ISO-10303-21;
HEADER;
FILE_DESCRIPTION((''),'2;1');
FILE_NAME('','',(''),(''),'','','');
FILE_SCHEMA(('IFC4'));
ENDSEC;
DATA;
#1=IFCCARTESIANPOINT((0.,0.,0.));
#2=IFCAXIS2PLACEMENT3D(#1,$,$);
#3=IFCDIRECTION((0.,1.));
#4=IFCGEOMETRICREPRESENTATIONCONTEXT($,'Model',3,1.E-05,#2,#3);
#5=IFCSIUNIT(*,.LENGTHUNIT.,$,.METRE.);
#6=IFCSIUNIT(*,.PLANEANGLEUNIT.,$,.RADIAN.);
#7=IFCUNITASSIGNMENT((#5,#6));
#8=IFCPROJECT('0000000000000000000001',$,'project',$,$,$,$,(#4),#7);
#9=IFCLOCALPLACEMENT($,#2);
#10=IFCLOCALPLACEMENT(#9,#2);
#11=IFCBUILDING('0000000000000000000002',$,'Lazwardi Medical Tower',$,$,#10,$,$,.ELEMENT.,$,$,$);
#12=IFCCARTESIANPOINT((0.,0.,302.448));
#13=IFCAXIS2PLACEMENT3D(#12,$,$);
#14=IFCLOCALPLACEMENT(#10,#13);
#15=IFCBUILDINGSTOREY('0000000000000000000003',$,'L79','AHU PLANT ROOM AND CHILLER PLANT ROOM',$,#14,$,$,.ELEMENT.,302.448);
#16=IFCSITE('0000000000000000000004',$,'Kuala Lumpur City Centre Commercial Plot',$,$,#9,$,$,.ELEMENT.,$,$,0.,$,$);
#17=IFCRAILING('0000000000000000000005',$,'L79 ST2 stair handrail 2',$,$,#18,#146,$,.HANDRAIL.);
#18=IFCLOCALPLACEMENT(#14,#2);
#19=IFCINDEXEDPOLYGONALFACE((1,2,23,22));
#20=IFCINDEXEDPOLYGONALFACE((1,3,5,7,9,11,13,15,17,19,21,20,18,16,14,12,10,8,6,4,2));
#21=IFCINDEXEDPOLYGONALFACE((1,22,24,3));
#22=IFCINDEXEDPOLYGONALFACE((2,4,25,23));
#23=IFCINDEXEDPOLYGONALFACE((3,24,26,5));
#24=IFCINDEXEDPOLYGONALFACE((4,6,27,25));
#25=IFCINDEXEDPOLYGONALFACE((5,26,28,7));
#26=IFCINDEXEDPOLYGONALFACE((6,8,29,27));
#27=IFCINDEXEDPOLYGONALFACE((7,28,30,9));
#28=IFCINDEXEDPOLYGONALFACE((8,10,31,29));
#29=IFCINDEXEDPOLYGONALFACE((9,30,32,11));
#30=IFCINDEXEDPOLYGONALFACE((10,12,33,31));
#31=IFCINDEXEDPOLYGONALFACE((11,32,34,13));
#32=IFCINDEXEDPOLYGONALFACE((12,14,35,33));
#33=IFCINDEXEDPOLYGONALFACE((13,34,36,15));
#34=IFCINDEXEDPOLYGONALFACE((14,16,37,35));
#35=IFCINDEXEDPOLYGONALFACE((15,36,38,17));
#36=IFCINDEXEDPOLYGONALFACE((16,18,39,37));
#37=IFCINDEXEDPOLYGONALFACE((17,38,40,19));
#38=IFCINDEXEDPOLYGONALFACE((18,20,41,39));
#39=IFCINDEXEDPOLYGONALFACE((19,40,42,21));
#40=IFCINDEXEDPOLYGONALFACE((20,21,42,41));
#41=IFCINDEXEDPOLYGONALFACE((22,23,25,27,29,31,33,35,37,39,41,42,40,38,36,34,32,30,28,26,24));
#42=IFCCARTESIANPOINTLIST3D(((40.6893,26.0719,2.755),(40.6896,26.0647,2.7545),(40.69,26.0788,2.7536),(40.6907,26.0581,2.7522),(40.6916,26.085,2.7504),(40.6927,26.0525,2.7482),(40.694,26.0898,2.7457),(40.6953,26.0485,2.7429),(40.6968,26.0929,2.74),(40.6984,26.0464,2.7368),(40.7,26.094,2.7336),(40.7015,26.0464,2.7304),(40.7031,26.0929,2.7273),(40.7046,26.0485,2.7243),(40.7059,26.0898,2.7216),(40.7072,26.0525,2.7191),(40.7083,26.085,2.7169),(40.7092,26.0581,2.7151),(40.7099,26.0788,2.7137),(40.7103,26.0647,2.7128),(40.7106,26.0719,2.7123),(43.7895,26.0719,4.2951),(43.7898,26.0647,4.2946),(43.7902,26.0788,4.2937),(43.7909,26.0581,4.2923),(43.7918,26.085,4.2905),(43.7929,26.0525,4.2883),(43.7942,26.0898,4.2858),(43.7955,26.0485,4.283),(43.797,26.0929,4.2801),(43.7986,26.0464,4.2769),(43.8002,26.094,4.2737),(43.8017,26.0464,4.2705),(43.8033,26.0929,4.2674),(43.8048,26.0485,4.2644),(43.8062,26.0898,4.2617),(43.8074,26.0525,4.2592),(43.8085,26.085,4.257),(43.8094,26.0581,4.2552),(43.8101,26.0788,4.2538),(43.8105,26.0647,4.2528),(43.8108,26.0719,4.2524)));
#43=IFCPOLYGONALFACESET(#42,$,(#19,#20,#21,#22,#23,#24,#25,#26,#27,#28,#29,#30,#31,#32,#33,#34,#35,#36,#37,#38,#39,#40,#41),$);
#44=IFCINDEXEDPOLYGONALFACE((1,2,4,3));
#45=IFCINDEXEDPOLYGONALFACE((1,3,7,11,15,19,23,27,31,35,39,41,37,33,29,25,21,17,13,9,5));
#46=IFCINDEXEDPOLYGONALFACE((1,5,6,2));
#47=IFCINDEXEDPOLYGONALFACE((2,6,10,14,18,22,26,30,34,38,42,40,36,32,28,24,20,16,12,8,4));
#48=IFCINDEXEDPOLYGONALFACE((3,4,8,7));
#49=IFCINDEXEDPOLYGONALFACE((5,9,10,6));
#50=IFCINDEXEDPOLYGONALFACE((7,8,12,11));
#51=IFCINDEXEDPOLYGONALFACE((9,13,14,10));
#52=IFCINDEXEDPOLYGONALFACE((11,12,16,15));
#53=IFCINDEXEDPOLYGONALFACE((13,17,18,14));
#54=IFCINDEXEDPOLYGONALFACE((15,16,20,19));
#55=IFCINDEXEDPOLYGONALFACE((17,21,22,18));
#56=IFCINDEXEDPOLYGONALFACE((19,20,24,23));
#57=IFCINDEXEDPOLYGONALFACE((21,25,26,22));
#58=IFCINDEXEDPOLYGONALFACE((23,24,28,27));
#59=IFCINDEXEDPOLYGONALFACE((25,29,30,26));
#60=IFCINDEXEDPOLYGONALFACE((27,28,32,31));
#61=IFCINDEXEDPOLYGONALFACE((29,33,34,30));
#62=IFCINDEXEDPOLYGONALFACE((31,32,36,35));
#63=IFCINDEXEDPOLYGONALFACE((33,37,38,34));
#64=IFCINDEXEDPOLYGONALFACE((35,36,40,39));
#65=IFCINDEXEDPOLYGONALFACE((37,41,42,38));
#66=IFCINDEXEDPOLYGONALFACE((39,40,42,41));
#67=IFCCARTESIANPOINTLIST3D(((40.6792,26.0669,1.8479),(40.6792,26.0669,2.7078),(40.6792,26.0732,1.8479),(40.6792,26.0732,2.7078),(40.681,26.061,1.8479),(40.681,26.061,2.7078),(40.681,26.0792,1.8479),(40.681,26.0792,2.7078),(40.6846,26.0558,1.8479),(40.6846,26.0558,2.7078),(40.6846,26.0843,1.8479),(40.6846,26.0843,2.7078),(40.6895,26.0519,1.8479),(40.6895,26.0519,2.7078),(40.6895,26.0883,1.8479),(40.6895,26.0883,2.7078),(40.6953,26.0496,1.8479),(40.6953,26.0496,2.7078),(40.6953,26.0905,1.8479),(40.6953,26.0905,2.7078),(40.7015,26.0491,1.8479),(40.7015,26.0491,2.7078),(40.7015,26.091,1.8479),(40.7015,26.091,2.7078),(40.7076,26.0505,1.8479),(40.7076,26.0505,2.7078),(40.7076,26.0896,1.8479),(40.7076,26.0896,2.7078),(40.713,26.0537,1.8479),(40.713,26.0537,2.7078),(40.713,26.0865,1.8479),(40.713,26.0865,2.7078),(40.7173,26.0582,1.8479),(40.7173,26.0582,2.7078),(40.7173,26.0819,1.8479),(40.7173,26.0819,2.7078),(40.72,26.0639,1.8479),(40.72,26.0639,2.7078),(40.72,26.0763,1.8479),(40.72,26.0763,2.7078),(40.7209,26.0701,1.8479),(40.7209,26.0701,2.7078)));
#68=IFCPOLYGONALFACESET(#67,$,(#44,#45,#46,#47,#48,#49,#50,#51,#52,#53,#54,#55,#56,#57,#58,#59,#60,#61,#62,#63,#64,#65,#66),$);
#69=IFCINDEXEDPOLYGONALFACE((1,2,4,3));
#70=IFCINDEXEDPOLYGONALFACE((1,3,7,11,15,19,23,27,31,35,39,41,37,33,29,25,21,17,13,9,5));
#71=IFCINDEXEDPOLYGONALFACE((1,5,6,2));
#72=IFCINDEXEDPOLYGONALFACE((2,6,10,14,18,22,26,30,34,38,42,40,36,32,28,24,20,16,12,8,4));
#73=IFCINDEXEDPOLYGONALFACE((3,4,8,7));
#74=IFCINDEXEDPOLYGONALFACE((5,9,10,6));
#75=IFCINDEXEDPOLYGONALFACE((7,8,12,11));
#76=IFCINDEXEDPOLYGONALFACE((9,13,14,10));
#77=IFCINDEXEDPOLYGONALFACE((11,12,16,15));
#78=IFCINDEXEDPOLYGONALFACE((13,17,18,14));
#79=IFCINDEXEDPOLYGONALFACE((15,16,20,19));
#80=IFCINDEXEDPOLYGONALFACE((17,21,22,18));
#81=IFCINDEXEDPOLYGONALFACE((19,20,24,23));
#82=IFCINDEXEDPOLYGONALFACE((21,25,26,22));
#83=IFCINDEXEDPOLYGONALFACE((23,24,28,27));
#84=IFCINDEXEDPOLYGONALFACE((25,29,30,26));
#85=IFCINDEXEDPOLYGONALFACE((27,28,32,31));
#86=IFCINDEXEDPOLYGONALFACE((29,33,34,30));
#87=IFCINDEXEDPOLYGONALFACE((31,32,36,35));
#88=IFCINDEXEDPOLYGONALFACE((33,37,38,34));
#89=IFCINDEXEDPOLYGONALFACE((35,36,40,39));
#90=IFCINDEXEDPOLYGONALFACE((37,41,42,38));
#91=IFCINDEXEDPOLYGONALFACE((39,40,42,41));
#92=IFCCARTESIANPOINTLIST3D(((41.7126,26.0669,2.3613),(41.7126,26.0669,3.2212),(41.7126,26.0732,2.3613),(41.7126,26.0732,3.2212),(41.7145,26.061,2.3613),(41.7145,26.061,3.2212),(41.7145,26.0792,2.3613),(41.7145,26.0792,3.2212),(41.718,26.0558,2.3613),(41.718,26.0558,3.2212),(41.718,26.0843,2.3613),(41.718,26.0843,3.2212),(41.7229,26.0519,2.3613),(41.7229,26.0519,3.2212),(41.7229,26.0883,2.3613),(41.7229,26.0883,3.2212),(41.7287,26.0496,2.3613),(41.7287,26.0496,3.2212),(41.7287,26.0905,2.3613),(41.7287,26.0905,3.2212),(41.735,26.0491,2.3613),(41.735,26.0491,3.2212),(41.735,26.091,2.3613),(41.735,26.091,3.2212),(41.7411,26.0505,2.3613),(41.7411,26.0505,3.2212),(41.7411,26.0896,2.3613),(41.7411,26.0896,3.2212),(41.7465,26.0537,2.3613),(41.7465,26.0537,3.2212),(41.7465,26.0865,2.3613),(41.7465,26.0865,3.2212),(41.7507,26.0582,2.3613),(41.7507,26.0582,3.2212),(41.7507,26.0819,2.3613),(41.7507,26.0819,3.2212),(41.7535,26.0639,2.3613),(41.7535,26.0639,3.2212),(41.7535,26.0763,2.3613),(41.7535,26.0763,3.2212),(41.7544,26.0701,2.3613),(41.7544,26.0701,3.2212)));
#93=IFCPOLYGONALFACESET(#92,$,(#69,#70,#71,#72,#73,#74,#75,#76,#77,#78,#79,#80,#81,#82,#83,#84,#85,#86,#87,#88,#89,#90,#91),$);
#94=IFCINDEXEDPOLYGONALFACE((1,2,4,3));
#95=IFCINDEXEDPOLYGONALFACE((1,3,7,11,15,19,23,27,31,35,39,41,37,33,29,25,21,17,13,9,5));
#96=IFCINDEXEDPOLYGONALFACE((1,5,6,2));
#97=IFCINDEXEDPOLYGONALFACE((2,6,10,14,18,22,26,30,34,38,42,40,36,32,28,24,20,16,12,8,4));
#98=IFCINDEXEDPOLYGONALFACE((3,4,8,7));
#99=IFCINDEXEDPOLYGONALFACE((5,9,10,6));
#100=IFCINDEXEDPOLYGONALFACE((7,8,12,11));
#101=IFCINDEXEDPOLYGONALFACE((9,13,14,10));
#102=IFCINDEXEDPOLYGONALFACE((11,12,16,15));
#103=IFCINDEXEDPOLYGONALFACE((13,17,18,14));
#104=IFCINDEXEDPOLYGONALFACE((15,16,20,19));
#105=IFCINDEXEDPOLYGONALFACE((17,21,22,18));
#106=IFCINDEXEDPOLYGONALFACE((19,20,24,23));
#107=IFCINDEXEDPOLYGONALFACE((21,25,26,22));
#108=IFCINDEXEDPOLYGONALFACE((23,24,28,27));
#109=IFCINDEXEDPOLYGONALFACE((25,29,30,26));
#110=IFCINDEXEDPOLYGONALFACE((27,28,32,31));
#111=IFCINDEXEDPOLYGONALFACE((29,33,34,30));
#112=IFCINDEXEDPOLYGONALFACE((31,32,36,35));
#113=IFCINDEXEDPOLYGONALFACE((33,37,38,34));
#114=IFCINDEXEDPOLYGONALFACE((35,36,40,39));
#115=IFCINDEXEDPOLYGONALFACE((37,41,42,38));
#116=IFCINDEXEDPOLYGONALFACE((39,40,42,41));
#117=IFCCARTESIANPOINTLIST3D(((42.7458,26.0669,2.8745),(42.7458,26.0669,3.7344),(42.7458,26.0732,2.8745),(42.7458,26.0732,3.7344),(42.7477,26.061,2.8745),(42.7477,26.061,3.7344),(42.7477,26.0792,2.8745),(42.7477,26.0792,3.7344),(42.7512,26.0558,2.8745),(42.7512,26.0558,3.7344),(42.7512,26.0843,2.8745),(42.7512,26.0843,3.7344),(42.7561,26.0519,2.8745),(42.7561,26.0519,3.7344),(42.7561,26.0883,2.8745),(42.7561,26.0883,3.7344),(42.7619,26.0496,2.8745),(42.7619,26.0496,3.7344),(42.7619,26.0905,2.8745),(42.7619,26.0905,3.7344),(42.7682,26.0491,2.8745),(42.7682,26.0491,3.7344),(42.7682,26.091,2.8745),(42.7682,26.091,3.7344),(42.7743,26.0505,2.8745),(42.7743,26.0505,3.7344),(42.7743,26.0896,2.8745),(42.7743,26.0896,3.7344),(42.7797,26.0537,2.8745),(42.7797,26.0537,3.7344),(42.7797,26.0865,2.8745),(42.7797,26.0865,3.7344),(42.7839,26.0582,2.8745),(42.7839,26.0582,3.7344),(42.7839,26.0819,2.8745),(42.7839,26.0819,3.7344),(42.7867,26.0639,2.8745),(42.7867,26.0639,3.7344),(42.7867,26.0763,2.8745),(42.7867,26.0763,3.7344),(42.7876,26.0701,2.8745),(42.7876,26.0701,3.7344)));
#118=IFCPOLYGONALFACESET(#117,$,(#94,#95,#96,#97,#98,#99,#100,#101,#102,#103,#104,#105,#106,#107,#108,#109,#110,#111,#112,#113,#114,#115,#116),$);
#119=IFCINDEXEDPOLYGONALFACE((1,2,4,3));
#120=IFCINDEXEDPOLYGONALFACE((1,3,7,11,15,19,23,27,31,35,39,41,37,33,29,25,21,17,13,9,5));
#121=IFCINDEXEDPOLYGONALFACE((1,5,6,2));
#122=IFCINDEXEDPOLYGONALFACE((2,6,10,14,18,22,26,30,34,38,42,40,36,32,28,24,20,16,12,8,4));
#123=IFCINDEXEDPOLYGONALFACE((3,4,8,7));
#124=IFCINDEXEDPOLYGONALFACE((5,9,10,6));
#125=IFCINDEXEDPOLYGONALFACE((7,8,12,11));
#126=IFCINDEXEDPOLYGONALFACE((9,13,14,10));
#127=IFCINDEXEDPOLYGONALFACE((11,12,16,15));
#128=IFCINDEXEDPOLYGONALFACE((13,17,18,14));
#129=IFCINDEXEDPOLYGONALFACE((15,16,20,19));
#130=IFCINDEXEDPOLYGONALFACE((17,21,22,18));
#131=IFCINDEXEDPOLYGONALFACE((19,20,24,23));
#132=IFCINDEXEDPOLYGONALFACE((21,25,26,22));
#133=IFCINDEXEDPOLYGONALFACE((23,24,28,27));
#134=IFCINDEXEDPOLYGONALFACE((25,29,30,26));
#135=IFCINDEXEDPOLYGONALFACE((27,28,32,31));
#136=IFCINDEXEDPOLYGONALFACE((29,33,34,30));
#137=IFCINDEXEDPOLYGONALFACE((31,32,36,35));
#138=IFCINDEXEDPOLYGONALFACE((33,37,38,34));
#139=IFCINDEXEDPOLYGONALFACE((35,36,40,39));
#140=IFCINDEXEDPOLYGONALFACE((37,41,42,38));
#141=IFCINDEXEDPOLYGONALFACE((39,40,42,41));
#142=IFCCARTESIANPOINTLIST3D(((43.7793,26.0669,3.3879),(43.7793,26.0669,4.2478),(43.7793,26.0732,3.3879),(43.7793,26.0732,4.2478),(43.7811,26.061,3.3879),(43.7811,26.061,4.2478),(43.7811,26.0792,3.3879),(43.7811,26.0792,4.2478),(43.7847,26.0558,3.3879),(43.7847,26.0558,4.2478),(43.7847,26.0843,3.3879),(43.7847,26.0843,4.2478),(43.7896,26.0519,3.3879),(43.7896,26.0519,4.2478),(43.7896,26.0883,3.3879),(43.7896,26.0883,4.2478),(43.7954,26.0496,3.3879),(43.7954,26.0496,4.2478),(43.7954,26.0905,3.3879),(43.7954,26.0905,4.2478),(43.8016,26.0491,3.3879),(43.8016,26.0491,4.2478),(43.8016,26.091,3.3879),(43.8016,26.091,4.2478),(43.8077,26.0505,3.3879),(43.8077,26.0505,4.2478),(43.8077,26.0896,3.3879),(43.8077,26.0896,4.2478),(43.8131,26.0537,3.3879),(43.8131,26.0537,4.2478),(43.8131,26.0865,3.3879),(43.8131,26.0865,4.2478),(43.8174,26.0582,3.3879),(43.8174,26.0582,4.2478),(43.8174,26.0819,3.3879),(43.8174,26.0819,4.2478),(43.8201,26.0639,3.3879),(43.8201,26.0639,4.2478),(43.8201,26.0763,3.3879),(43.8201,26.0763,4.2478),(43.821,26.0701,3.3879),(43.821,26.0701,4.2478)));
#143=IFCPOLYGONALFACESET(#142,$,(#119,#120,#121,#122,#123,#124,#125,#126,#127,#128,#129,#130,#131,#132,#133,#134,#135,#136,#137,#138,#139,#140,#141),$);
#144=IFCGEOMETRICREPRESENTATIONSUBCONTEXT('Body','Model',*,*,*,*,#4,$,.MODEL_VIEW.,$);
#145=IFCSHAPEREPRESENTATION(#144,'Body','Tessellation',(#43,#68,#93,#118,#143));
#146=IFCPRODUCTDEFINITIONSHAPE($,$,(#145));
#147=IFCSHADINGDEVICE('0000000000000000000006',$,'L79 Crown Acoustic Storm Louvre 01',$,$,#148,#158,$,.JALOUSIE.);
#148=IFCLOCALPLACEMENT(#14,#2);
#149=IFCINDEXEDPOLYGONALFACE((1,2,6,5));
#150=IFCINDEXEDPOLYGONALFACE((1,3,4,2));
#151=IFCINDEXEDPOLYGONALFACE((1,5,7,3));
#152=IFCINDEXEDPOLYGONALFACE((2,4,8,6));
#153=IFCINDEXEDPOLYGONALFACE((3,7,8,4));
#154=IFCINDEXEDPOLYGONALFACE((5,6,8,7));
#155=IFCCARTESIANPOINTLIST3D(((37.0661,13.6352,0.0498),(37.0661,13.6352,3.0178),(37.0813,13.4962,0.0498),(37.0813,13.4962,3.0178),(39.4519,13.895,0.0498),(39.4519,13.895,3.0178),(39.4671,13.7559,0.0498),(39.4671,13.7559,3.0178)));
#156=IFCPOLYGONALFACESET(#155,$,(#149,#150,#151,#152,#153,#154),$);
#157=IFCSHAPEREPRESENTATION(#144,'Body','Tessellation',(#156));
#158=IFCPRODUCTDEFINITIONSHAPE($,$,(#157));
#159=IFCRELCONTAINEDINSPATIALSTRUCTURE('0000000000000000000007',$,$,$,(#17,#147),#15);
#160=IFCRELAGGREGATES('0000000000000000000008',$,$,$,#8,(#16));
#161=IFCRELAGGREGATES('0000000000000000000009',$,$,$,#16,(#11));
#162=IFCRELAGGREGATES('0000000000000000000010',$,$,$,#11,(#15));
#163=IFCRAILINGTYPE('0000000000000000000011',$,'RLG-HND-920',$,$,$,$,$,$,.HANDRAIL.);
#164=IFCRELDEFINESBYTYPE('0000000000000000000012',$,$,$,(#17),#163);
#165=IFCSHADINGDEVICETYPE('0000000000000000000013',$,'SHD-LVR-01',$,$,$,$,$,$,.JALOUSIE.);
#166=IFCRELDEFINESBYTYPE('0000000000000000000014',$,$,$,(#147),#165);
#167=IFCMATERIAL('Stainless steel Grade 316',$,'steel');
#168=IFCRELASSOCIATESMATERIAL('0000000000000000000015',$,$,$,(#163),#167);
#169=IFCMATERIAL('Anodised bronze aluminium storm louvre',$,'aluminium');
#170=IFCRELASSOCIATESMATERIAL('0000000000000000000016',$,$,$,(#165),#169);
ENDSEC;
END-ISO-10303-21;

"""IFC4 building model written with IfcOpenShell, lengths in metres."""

from ifc_helpers import new_model, si_unit, direction, frame, origin, origin_2d, place, context, subcontext, project, spatial, rectangle, circle, extrude, material, type_object, element, save


model = new_model("IFC4")

# Units and contexts
model_context = context("Model", 3, precision=1e-05, world=origin(), true_north=direction((0.0, 1.0)))
body_context = subcontext(model_context, "Body", "Model", "MODEL_VIEW")
ifc_project = project(units=[si_unit("LENGTHUNIT", "METRE"), si_unit("PLANEANGLEUNIT", "RADIAN")], contexts=[model_context])

# Site, building, storey
site_placement = place(None, origin())
site = spatial("IfcSite", under=ifc_project, at=site_placement, Name="Kuala Lumpur City Centre Commercial Plot", CompositionType="ELEMENT", RefElevation=0.0)
building_placement = place(site_placement, origin())
building = spatial("IfcBuilding", under=site, at=building_placement, Name="Lazwardi Medical Tower", CompositionType="ELEMENT")
storey_placement = place(building_placement, frame((0.0, 0.0, 302.448)))
storey = spatial("IfcBuildingStorey", under=building, at=storey_placement, Name="L79", Description="AHU PLANT ROOM AND CHILLER PLANT ROOM", CompositionType="ELEMENT", Elevation=302.448)

# Railing
ifc_material_1 = material(Name="Stainless steel Grade 316", Category="steel")
railing_type_1 = type_object("IfcRailingType", Name="RLG-HND-920", PredefinedType="HANDRAIL", material=ifc_material_1)
railing_1_placement = place(storey_placement, frame((40.7, 26.0701, 1.8479)))
element("IfcRailing", 1, at=railing_1_placement, inside=storey, type_object=railing_type_1, Name="L79 ST2 stair handrail 2", PredefinedType="HANDRAIL", context=body_context, shape_type="SweptSolid", body=[
    extrude(circle(Radius=0.0239, at=origin_2d()), frame((0.0, 0.0, 0.8857), z_axis=(0.895581, 0.0, 0.444899), x_axis=(0.0, 1.0, 0.0)), (0.0, 0.0, 1.0), 3.4617),
    extrude(circle(Radius=0.021, at=origin_2d()), origin(), (0.0, 0.0, 1.0), 0.8599),
    extrude(circle(Radius=0.021, at=origin_2d()), frame((1.0334, 0.0, 0.5134)), (0.0, 0.0, 1.0), 0.8599),
    extrude(circle(Radius=0.021, at=origin_2d()), frame((2.0667, 0.0, 1.0266)), (0.0, 0.0, 1.0), 0.8599),
    extrude(circle(Radius=0.021, at=origin_2d()), frame((3.1001, 0.0, 1.54)), (0.0, 0.0, 1.0), 0.8599),
])

# Shading device
ifc_material_2 = material(Name="Anodised bronze aluminium storm louvre", Category="aluminium")
shading_device_type = type_object("IfcShadingDeviceType", Name="SHD-LVR-01", PredefinedType="JALOUSIE", material=ifc_material_2)
shading_device_placement = place(storey_placement, frame((38.2666, 13.6956, 0.0498), z_axis=(0.0, 0.0, 1.0), x_axis=(0.994126, 0.10823, 0.0)))
element("IfcShadingDevice", 2, at=shading_device_placement, inside=storey, type_object=shading_device_type, Name="L79 Crown Acoustic Storm Louvre 01", PredefinedType="JALOUSIE", context=body_context, shape_type="SweptSolid", body=[
    extrude(rectangle(XDim=2.3999, YDim=0.1399, at=origin_2d()), origin(), (0.0, 0.0, 1.0), 2.968),
])

save(model, "model.ifc")
